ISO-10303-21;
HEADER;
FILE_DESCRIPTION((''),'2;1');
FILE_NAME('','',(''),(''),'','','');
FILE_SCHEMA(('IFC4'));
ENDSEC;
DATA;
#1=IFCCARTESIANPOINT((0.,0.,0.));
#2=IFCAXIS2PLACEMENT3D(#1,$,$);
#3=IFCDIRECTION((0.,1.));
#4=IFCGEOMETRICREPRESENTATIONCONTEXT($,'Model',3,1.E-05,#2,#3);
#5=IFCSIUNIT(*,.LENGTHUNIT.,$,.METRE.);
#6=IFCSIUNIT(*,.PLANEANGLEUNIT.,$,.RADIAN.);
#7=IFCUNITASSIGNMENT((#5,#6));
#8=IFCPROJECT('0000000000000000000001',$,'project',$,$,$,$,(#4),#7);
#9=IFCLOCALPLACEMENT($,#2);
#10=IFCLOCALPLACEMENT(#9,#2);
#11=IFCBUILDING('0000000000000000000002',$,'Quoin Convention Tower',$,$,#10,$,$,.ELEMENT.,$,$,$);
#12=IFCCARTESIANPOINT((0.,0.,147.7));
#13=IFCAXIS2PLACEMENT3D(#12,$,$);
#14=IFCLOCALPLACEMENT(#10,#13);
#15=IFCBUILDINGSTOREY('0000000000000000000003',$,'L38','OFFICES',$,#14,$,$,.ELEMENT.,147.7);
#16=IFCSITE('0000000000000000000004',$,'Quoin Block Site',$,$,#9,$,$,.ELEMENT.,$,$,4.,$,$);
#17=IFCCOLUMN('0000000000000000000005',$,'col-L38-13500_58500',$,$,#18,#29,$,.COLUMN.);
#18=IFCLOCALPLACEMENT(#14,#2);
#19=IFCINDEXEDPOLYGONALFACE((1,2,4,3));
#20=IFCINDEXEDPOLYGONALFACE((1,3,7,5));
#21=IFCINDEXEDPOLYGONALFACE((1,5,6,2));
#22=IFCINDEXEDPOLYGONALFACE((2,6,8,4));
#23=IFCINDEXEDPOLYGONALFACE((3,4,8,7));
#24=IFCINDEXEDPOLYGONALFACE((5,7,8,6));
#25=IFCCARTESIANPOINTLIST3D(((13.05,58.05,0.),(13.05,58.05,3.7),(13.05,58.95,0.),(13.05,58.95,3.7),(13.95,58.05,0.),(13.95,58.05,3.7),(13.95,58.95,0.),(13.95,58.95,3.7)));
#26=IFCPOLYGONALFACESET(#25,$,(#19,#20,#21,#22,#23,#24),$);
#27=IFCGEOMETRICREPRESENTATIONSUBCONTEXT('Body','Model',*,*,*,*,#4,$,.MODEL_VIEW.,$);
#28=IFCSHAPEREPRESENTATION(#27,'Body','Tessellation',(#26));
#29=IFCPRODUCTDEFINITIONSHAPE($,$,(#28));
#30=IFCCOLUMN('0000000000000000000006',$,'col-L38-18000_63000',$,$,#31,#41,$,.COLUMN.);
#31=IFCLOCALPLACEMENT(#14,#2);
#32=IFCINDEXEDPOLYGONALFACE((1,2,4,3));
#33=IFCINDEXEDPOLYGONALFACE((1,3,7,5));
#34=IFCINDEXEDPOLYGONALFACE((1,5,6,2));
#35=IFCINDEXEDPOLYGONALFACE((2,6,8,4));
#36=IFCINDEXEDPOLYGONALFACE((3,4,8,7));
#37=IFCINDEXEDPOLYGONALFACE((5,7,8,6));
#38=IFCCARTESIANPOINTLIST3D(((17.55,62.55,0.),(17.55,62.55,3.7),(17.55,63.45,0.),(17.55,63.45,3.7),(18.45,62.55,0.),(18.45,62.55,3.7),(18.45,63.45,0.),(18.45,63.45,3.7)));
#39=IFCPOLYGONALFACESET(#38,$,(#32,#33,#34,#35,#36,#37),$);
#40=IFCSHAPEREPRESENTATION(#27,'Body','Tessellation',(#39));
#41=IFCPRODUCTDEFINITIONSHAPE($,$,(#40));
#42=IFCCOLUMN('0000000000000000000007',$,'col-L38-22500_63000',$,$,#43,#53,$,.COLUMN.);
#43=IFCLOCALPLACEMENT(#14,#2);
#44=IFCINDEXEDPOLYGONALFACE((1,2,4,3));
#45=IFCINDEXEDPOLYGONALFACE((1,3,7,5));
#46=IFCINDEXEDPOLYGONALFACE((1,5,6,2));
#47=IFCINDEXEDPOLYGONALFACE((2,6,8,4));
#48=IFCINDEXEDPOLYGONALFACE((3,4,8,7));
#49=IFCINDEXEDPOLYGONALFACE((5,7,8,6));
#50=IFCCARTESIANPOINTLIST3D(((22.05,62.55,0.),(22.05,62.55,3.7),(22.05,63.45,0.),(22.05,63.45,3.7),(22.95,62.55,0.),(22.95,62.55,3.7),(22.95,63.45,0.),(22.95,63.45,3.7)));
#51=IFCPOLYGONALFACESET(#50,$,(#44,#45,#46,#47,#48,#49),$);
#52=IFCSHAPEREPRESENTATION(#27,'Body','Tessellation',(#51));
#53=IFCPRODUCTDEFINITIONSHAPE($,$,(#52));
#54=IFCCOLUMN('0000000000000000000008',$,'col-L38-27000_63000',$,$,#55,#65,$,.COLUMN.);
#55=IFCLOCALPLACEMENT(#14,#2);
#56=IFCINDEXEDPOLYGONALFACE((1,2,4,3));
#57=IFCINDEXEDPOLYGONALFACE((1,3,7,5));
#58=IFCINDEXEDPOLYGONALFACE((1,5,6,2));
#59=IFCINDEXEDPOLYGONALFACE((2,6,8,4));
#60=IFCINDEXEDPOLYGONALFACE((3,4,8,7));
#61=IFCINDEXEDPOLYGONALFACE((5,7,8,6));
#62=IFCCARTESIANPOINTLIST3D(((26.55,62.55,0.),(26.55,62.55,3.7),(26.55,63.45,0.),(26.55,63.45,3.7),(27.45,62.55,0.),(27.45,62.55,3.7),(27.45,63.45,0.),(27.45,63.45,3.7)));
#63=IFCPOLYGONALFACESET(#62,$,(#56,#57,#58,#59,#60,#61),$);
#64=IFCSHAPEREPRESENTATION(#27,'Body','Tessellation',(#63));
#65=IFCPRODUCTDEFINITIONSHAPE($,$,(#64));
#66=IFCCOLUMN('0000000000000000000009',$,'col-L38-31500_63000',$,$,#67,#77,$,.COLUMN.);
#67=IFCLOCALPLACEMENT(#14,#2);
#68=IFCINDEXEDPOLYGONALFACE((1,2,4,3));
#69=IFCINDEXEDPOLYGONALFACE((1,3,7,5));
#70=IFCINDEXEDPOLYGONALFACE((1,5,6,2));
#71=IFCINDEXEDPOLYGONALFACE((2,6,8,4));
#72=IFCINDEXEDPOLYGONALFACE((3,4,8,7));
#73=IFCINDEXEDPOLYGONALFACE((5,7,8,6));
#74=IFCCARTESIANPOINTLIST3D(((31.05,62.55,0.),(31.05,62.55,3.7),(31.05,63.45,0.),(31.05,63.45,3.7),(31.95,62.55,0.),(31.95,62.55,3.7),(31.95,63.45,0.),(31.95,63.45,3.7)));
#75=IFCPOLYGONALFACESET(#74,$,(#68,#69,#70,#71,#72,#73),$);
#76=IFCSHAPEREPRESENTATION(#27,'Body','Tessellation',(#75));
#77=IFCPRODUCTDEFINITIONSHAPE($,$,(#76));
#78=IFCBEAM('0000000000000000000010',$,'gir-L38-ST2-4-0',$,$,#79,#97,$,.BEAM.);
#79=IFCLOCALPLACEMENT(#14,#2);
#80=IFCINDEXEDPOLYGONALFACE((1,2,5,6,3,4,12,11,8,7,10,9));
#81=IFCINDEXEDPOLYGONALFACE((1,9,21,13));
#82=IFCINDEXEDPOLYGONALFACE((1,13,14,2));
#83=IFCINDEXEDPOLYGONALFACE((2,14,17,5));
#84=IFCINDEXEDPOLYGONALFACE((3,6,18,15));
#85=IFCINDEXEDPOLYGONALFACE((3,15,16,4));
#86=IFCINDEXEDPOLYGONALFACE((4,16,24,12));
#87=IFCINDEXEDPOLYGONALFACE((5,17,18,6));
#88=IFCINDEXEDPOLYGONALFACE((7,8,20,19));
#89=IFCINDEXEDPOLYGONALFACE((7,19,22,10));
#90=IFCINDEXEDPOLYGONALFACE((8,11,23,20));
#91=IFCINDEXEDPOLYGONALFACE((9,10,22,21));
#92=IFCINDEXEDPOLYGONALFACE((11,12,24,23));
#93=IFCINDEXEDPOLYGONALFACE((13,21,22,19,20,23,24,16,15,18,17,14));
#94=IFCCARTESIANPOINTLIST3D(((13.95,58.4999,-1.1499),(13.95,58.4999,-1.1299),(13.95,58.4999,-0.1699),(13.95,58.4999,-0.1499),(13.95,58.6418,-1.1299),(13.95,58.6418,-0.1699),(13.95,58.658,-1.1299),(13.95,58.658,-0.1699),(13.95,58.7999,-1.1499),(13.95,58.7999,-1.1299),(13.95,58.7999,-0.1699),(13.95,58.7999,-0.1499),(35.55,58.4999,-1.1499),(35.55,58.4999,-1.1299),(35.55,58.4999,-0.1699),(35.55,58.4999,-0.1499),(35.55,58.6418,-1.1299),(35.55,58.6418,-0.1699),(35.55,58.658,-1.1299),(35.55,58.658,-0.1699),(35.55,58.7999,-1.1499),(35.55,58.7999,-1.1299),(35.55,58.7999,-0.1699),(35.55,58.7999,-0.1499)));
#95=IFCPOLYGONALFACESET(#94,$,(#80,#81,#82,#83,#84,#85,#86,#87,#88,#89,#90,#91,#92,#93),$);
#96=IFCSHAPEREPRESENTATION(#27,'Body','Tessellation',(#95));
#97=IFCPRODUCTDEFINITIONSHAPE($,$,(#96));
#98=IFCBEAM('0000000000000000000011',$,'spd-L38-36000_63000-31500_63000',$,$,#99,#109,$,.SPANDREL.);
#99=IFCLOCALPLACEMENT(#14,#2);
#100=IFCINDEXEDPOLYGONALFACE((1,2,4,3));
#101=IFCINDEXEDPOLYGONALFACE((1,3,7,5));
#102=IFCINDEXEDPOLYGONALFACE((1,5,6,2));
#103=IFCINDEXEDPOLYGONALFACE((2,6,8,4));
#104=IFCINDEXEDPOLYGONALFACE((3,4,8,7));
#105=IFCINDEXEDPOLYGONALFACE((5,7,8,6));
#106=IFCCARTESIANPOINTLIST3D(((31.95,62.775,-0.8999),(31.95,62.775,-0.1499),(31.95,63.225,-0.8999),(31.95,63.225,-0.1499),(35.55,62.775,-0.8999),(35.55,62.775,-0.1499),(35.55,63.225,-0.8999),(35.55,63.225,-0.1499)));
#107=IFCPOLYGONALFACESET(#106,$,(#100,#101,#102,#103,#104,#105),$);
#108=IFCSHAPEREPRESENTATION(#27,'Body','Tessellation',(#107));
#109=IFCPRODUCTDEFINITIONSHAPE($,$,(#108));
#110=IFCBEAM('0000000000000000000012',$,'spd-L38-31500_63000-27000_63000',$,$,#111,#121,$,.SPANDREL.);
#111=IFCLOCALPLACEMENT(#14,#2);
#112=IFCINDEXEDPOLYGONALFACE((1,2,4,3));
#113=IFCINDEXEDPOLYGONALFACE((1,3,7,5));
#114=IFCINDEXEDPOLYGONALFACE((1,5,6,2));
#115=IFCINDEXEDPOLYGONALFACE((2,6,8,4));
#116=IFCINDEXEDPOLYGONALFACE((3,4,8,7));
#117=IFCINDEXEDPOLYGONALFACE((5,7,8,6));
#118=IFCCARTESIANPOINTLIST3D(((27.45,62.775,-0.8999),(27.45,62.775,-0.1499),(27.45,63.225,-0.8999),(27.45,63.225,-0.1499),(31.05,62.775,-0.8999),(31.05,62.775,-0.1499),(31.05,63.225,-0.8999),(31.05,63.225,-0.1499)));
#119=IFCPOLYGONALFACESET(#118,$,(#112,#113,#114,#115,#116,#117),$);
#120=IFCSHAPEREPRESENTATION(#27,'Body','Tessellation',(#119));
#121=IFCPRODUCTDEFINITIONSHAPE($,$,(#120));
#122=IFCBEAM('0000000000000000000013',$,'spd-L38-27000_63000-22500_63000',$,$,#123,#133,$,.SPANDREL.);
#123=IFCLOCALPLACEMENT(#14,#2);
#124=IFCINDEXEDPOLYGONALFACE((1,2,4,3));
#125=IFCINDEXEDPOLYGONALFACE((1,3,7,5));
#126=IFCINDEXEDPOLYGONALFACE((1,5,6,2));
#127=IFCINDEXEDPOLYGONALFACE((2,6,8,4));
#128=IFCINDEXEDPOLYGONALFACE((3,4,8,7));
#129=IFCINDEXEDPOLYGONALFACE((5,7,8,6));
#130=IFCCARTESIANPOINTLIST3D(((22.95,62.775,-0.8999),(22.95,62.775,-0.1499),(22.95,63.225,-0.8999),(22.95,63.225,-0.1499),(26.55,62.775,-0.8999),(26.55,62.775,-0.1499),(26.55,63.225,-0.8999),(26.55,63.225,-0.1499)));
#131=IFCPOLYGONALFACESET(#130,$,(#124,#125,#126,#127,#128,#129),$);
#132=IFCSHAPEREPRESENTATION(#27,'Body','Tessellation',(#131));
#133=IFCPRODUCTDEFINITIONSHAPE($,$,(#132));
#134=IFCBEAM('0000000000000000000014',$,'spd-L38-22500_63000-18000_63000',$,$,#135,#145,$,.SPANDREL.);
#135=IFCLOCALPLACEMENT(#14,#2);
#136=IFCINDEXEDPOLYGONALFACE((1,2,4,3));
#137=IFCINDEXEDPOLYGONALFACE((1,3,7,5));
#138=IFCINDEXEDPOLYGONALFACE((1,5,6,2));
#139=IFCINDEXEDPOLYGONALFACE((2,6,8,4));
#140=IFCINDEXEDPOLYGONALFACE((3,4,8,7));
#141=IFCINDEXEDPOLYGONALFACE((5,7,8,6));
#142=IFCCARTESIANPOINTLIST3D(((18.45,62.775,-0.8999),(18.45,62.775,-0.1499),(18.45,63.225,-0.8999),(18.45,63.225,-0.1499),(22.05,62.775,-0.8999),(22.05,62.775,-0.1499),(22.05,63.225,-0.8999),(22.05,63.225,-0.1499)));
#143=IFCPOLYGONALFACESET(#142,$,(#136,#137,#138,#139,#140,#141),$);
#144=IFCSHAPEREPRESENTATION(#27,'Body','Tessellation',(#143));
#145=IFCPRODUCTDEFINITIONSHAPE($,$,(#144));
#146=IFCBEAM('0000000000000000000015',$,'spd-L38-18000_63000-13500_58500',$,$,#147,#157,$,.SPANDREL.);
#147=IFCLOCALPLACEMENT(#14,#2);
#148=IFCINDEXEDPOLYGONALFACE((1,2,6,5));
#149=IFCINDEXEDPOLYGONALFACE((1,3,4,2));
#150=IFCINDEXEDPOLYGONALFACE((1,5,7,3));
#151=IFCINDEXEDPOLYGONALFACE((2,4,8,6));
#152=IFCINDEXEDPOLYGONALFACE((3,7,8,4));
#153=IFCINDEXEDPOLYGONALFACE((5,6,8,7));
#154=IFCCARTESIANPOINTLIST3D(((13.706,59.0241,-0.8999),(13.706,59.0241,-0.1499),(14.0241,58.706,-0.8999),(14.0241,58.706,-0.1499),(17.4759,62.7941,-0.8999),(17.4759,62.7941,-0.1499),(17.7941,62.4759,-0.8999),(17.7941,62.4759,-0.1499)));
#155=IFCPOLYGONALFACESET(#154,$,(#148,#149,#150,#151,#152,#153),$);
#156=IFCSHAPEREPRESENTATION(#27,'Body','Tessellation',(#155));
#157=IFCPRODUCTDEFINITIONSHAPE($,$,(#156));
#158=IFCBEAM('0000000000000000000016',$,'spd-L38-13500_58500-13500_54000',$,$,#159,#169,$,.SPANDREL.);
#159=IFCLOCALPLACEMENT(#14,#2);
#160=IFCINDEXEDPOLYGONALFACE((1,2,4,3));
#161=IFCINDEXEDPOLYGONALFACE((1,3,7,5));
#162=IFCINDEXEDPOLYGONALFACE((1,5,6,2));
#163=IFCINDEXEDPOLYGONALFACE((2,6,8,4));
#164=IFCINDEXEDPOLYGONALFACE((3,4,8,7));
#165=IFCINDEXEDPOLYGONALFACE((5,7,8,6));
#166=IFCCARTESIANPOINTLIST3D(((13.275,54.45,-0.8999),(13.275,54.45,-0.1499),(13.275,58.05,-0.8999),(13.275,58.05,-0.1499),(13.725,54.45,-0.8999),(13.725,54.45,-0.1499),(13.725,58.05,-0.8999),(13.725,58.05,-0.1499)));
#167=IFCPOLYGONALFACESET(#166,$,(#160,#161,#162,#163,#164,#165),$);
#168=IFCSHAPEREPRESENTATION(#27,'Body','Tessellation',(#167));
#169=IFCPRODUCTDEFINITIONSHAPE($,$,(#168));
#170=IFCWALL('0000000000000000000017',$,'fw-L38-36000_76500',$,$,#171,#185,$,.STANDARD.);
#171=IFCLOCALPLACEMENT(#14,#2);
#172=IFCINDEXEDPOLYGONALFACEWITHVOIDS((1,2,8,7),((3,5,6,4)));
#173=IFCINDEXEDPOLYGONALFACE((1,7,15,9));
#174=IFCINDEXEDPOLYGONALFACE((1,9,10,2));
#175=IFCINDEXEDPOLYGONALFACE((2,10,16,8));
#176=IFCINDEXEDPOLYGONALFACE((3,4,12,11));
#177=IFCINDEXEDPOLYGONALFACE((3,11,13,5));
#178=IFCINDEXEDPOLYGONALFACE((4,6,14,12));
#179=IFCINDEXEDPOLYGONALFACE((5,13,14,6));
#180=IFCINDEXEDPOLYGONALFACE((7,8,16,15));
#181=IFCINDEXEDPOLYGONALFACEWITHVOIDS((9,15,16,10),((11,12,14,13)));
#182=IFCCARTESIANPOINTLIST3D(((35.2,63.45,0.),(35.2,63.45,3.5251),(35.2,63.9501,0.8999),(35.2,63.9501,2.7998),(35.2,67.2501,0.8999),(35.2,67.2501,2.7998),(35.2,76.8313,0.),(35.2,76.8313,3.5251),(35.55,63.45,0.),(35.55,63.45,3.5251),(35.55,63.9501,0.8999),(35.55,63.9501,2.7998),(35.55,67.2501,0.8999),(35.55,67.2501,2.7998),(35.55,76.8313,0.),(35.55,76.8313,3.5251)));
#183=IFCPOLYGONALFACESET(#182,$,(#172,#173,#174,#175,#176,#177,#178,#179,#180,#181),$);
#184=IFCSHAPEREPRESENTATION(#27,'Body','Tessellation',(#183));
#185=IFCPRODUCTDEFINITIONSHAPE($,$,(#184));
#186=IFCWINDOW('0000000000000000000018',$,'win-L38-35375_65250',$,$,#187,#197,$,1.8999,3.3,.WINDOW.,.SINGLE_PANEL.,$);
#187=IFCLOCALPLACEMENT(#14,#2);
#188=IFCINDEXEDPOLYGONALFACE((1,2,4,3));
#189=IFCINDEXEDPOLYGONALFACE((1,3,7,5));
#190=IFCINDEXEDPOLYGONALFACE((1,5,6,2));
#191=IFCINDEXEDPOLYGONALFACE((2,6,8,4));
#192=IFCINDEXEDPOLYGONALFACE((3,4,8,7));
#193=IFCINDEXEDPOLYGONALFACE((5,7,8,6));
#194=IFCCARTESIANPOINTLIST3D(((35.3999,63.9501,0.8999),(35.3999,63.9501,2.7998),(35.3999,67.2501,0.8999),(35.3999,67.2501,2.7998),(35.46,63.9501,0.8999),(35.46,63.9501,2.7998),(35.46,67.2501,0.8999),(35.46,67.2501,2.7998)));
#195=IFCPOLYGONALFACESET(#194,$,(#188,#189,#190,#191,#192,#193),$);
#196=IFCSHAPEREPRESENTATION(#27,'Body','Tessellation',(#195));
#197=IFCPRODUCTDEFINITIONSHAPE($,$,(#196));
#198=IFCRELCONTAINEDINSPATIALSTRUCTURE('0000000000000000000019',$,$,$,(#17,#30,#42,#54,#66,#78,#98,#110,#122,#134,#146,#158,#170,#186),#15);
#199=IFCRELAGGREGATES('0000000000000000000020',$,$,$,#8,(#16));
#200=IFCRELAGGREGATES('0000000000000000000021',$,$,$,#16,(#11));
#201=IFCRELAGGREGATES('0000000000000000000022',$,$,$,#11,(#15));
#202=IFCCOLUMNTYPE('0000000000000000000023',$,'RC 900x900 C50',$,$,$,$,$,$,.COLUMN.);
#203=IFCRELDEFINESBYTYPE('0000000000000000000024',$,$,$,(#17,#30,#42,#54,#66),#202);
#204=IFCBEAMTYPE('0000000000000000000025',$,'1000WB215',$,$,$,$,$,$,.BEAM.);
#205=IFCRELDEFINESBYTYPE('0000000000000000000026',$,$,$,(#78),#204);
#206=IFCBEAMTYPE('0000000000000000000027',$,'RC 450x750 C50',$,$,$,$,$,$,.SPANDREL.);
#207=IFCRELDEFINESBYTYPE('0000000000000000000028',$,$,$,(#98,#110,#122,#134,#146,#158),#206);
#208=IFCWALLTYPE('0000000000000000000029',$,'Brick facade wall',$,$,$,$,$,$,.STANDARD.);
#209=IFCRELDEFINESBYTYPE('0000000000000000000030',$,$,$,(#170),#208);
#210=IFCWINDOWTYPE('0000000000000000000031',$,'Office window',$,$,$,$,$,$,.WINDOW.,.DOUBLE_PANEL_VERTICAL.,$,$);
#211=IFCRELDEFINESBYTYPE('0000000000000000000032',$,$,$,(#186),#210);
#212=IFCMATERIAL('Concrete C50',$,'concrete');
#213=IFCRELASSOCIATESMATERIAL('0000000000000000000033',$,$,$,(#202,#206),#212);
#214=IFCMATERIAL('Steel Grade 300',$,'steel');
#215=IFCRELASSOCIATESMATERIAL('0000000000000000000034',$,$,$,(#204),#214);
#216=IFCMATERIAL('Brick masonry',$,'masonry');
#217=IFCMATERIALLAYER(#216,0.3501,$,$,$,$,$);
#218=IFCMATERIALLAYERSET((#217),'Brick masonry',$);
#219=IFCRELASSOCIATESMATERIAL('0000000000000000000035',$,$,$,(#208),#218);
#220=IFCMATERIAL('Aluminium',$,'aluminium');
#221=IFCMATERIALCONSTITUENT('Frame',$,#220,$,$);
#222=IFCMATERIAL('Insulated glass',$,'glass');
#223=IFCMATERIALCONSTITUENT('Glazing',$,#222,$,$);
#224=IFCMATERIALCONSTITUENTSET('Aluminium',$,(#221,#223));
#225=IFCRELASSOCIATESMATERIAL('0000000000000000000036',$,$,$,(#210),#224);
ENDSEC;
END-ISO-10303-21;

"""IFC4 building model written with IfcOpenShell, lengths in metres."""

from ifc_helpers import new_model, si_unit, direction, frame, frame_2d, origin, origin_2d, place, context, subcontext, project, spatial, rectangle, i_section, extrude, material, layer, layer_set, constituent, constituent_set, material_profile, profile_set, type_object, element, fill, save


model = new_model("IFC4")

# Units and contexts
model_context = context("Model", 3, precision=1e-05, world=origin(), true_north=direction((0.0, 1.0)))
body_context = subcontext(model_context, "Body", "Model", "MODEL_VIEW")
ifc_project = project(units=[si_unit("LENGTHUNIT", "METRE"), si_unit("PLANEANGLEUNIT", "RADIAN")], contexts=[model_context])

# Site, building, storey
site_placement = place(None, origin())
site = spatial("IfcSite", under=ifc_project, at=site_placement, Name="Quoin Block Site", CompositionType="ELEMENT", RefElevation=4.0)
building_placement = place(site_placement, origin())
building = spatial("IfcBuilding", under=site, at=building_placement, Name="Quoin Convention Tower", CompositionType="ELEMENT")
storey_placement = place(building_placement, frame((0.0, 0.0, 147.7)))
storey = spatial("IfcBuildingStorey", under=building, at=storey_placement, Name="L38", Description="OFFICES", CompositionType="ELEMENT", Elevation=147.7)

# Columns
ifc_material_1 = material(Name="Concrete C50", Category="concrete")
ifc_material_profile_1 = material_profile(ifc_material_1, rectangle(XDim=0.8999, YDim=0.8999, at=origin_2d()), Name="RC 900x900")
ifc_profile_set_1 = profile_set([ifc_material_profile_1], Name="Concrete C50")
column_type = type_object("IfcColumnType", Name="RC 900x900 C50", PredefinedType="COLUMN", material=ifc_profile_set_1)
for number, where, z_axis, x_axis, name in (
    (1, (13.5, 58.5, 0.0), (0.0, 0.0, 1.0), (1.0, 0.0, 0.0), "col-L38-13500_58500"),
    (2, (18.0, 63.0, 0.0), (0.0, 0.0, 1.0), (1.0, 0.0, 0.0), "col-L38-18000_63000"),
    (3, (22.5, 63.0, 0.0), (0.0, 0.0, 1.0), (1.0, 0.0, 0.0), "col-L38-22500_63000"),
    (4, (27.0, 63.0, 0.0), (0.0, 0.0, 1.0), (1.0, 0.0, 0.0), "col-L38-27000_63000"),
    (5, (31.5, 63.0, 0.0), (0.0, 0.0, 1.0), (1.0, 0.0, 0.0), "col-L38-31500_63000"),
):
    element("IfcColumn", number, at=place(storey_placement, frame(where, z_axis=z_axis, x_axis=x_axis)), inside=storey, type_object=column_type, Name=name, PredefinedType="COLUMN", context=body_context, shape_type="SweptSolid", body=[
        extrude(rectangle(XDim=0.8999, YDim=0.8999, at=origin_2d()), origin(), (0.0, 0.0, 1.0), 3.7),
    ])

# Beams
ifc_material_2 = material(Name="Steel Grade 300", Category="steel")
ifc_material_profile_2 = material_profile(ifc_material_2, i_section(OverallWidth=0.3, OverallDepth=1.0, WebThickness=0.0161, FlangeThickness=0.02, at=origin_2d()), Name="1000WB215")
ifc_profile_set_2 = profile_set([ifc_material_profile_2], Name="Steel Grade 300")
beam_type_1 = type_object("IfcBeamType", Name="1000WB215", PredefinedType="BEAM", material=ifc_profile_set_2)
beam_1_placement = place(storey_placement, frame((13.95, 58.6499, -0.6499), z_axis=(1.0, 0.0, 0.0), x_axis=(0.0, 1.0, 0.0)))
element("IfcBeam", 6, at=beam_1_placement, inside=storey, type_object=beam_type_1, Name="gir-L38-ST2-4-0", PredefinedType="BEAM", context=body_context, shape_type="SweptSolid", body=[
    extrude(i_section(OverallWidth=0.3, OverallDepth=1.0, WebThickness=0.0161, FlangeThickness=0.02, at=origin_2d()), origin(), (0.0, 0.0, 1.0), 21.6001),
])
ifc_material_profile_3 = material_profile(ifc_material_1, rectangle(XDim=0.45, YDim=0.75, at=origin_2d()), Name="RC 450x750")
ifc_profile_set_3 = profile_set([ifc_material_profile_3], Name="Concrete C50")
beam_type_2 = type_object("IfcBeamType", Name="RC 450x750 C50", PredefinedType="SPANDREL", material=ifc_profile_set_3)
for number, where, z_axis, x_axis, name in (
    (7, (35.55, 63.0, -0.5249), (-1.0, 0.0, 0.0), (0.0, -1.0, 0.0), "spd-L38-36000_63000-31500_63000"),
    (8, (31.05, 63.0, -0.5249), (-1.0, 0.0, 0.0), (0.0, -1.0, 0.0), "spd-L38-31500_63000-27000_63000"),
    (9, (26.55, 63.0, -0.5249), (-1.0, 0.0, 0.0), (0.0, -1.0, 0.0), "spd-L38-27000_63000-22500_63000"),
    (10, (22.05, 63.0, -0.5249), (-1.0, 0.0, 0.0), (0.0, -1.0, 0.0), "spd-L38-22500_63000-18000_63000"),
):
    element("IfcBeam", number, at=place(storey_placement, frame(where, z_axis=z_axis, x_axis=x_axis)), inside=storey, type_object=beam_type_2, Name=name, PredefinedType="SPANDREL", context=body_context, shape_type="SweptSolid", body=[
        extrude(rectangle(XDim=0.45, YDim=0.75, at=origin_2d()), origin(), (0.0, 0.0, 1.0), 3.6001),
    ])
beam_2_placement = place(storey_placement, frame((17.635, 62.635, -0.5249), z_axis=(-0.707107, -0.707107, 0.0), x_axis=(0.707107, -0.707107, 0.0)))
element("IfcBeam", 11, at=beam_2_placement, inside=storey, type_object=beam_type_2, Name="spd-L38-18000_63000-13500_58500", PredefinedType="SPANDREL", context=body_context, shape_type="SweptSolid", body=[
    extrude(rectangle(XDim=0.45, YDim=0.75, at=origin_2d()), origin(), (0.0, 0.0, 1.0), 5.3315),
])
beam_3_placement = place(storey_placement, frame((13.5, 58.05, -0.5249), z_axis=(0.0, -1.0, 0.0), x_axis=(1.0, 0.0, 0.0)))
element("IfcBeam", 12, at=beam_3_placement, inside=storey, type_object=beam_type_2, Name="spd-L38-13500_58500-13500_54000", PredefinedType="SPANDREL", context=body_context, shape_type="SweptSolid", body=[
    extrude(rectangle(XDim=0.45, YDim=0.75, at=origin_2d()), origin(), (0.0, 0.0, 1.0), 3.6001),
])

# Wall, opening, window
ifc_material_3 = material(Name="Brick masonry", Category="masonry")
ifc_layer_1 = layer(ifc_material_3, 0.3501)
ifc_layer_set_1 = layer_set([ifc_layer_1], Name="Brick masonry")
wall_type_1 = type_object("IfcWallType", Name="Brick facade wall", PredefinedType="STANDARD", material=ifc_layer_set_1)
wall_1_placement = place(storey_placement, frame((35.375, 76.8313, 0.0), z_axis=(0.0, 0.0, 1.0), x_axis=(0.0, -1.0, 0.0)))
wall_1 = element("IfcWall", 13, at=wall_1_placement, inside=storey, type_object=wall_type_1, Name="fw-L38-36000_76500", PredefinedType="STANDARD", context=body_context, shape_type="SweptSolid", body=[
    extrude(rectangle(XDim=13.3813, YDim=0.3501, at=frame_2d((6.6907, 0.0))), origin(), (0.0, 0.0, 1.0), 3.5251),
])
opening_1_placement = place(wall_1_placement, frame((9.5813, 0.0, 0.8999)))
opening_1 = element("IfcOpeningElement", 14, at=opening_1_placement, cuts=wall_1, PredefinedType="OPENING", context=body_context, shape_type="SweptSolid", body=[
    extrude(rectangle(XDim=3.3, YDim=1.8999, at=frame_2d((1.6499, 0.95))), frame((0.0, 0.1851, 0.0), z_axis=(0.0, -1.0, 0.0), x_axis=(1.0, 0.0, 0.0)), (0.0, 0.0, 1.0), 0.3701),
])
ifc_material_4 = material(Name="Aluminium", Category="aluminium")
ifc_constituent_1 = constituent(ifc_material_4, Name="Frame")
ifc_material_5 = material(Name="Insulated glass", Category="glass")
ifc_constituent_2 = constituent(ifc_material_5, Name="Glazing")
ifc_constituent_set = constituent_set(constituents=[ifc_constituent_1, ifc_constituent_2], Name="Aluminium")
window_type = type_object("IfcWindowType", Name="Office window", PartitioningType="DOUBLE_PANEL_VERTICAL", PredefinedType="WINDOW", material=ifc_constituent_set)
window_1_placement = place(opening_1_placement, origin())
window_1 = element("IfcWindow", 15, at=window_1_placement, inside=storey, type_object=window_type, Name="win-L38-35375_65250", OverallHeight=1.8999, OverallWidth=3.3, PartitioningType="SINGLE_PANEL", PredefinedType="WINDOW", context=body_context, shape_type="SweptSolid", body=[
    extrude(rectangle(XDim=3.3, YDim=1.8999, at=frame_2d((1.6499, 0.95))), frame((0.0, 0.085, 0.0), z_axis=(0.0, -1.0, 0.0), x_axis=(1.0, 0.0, 0.0)), (0.0, 0.0, 1.0), 0.0601),
])
fill(opening_1, window_1)

save(model, "model.ifc")
